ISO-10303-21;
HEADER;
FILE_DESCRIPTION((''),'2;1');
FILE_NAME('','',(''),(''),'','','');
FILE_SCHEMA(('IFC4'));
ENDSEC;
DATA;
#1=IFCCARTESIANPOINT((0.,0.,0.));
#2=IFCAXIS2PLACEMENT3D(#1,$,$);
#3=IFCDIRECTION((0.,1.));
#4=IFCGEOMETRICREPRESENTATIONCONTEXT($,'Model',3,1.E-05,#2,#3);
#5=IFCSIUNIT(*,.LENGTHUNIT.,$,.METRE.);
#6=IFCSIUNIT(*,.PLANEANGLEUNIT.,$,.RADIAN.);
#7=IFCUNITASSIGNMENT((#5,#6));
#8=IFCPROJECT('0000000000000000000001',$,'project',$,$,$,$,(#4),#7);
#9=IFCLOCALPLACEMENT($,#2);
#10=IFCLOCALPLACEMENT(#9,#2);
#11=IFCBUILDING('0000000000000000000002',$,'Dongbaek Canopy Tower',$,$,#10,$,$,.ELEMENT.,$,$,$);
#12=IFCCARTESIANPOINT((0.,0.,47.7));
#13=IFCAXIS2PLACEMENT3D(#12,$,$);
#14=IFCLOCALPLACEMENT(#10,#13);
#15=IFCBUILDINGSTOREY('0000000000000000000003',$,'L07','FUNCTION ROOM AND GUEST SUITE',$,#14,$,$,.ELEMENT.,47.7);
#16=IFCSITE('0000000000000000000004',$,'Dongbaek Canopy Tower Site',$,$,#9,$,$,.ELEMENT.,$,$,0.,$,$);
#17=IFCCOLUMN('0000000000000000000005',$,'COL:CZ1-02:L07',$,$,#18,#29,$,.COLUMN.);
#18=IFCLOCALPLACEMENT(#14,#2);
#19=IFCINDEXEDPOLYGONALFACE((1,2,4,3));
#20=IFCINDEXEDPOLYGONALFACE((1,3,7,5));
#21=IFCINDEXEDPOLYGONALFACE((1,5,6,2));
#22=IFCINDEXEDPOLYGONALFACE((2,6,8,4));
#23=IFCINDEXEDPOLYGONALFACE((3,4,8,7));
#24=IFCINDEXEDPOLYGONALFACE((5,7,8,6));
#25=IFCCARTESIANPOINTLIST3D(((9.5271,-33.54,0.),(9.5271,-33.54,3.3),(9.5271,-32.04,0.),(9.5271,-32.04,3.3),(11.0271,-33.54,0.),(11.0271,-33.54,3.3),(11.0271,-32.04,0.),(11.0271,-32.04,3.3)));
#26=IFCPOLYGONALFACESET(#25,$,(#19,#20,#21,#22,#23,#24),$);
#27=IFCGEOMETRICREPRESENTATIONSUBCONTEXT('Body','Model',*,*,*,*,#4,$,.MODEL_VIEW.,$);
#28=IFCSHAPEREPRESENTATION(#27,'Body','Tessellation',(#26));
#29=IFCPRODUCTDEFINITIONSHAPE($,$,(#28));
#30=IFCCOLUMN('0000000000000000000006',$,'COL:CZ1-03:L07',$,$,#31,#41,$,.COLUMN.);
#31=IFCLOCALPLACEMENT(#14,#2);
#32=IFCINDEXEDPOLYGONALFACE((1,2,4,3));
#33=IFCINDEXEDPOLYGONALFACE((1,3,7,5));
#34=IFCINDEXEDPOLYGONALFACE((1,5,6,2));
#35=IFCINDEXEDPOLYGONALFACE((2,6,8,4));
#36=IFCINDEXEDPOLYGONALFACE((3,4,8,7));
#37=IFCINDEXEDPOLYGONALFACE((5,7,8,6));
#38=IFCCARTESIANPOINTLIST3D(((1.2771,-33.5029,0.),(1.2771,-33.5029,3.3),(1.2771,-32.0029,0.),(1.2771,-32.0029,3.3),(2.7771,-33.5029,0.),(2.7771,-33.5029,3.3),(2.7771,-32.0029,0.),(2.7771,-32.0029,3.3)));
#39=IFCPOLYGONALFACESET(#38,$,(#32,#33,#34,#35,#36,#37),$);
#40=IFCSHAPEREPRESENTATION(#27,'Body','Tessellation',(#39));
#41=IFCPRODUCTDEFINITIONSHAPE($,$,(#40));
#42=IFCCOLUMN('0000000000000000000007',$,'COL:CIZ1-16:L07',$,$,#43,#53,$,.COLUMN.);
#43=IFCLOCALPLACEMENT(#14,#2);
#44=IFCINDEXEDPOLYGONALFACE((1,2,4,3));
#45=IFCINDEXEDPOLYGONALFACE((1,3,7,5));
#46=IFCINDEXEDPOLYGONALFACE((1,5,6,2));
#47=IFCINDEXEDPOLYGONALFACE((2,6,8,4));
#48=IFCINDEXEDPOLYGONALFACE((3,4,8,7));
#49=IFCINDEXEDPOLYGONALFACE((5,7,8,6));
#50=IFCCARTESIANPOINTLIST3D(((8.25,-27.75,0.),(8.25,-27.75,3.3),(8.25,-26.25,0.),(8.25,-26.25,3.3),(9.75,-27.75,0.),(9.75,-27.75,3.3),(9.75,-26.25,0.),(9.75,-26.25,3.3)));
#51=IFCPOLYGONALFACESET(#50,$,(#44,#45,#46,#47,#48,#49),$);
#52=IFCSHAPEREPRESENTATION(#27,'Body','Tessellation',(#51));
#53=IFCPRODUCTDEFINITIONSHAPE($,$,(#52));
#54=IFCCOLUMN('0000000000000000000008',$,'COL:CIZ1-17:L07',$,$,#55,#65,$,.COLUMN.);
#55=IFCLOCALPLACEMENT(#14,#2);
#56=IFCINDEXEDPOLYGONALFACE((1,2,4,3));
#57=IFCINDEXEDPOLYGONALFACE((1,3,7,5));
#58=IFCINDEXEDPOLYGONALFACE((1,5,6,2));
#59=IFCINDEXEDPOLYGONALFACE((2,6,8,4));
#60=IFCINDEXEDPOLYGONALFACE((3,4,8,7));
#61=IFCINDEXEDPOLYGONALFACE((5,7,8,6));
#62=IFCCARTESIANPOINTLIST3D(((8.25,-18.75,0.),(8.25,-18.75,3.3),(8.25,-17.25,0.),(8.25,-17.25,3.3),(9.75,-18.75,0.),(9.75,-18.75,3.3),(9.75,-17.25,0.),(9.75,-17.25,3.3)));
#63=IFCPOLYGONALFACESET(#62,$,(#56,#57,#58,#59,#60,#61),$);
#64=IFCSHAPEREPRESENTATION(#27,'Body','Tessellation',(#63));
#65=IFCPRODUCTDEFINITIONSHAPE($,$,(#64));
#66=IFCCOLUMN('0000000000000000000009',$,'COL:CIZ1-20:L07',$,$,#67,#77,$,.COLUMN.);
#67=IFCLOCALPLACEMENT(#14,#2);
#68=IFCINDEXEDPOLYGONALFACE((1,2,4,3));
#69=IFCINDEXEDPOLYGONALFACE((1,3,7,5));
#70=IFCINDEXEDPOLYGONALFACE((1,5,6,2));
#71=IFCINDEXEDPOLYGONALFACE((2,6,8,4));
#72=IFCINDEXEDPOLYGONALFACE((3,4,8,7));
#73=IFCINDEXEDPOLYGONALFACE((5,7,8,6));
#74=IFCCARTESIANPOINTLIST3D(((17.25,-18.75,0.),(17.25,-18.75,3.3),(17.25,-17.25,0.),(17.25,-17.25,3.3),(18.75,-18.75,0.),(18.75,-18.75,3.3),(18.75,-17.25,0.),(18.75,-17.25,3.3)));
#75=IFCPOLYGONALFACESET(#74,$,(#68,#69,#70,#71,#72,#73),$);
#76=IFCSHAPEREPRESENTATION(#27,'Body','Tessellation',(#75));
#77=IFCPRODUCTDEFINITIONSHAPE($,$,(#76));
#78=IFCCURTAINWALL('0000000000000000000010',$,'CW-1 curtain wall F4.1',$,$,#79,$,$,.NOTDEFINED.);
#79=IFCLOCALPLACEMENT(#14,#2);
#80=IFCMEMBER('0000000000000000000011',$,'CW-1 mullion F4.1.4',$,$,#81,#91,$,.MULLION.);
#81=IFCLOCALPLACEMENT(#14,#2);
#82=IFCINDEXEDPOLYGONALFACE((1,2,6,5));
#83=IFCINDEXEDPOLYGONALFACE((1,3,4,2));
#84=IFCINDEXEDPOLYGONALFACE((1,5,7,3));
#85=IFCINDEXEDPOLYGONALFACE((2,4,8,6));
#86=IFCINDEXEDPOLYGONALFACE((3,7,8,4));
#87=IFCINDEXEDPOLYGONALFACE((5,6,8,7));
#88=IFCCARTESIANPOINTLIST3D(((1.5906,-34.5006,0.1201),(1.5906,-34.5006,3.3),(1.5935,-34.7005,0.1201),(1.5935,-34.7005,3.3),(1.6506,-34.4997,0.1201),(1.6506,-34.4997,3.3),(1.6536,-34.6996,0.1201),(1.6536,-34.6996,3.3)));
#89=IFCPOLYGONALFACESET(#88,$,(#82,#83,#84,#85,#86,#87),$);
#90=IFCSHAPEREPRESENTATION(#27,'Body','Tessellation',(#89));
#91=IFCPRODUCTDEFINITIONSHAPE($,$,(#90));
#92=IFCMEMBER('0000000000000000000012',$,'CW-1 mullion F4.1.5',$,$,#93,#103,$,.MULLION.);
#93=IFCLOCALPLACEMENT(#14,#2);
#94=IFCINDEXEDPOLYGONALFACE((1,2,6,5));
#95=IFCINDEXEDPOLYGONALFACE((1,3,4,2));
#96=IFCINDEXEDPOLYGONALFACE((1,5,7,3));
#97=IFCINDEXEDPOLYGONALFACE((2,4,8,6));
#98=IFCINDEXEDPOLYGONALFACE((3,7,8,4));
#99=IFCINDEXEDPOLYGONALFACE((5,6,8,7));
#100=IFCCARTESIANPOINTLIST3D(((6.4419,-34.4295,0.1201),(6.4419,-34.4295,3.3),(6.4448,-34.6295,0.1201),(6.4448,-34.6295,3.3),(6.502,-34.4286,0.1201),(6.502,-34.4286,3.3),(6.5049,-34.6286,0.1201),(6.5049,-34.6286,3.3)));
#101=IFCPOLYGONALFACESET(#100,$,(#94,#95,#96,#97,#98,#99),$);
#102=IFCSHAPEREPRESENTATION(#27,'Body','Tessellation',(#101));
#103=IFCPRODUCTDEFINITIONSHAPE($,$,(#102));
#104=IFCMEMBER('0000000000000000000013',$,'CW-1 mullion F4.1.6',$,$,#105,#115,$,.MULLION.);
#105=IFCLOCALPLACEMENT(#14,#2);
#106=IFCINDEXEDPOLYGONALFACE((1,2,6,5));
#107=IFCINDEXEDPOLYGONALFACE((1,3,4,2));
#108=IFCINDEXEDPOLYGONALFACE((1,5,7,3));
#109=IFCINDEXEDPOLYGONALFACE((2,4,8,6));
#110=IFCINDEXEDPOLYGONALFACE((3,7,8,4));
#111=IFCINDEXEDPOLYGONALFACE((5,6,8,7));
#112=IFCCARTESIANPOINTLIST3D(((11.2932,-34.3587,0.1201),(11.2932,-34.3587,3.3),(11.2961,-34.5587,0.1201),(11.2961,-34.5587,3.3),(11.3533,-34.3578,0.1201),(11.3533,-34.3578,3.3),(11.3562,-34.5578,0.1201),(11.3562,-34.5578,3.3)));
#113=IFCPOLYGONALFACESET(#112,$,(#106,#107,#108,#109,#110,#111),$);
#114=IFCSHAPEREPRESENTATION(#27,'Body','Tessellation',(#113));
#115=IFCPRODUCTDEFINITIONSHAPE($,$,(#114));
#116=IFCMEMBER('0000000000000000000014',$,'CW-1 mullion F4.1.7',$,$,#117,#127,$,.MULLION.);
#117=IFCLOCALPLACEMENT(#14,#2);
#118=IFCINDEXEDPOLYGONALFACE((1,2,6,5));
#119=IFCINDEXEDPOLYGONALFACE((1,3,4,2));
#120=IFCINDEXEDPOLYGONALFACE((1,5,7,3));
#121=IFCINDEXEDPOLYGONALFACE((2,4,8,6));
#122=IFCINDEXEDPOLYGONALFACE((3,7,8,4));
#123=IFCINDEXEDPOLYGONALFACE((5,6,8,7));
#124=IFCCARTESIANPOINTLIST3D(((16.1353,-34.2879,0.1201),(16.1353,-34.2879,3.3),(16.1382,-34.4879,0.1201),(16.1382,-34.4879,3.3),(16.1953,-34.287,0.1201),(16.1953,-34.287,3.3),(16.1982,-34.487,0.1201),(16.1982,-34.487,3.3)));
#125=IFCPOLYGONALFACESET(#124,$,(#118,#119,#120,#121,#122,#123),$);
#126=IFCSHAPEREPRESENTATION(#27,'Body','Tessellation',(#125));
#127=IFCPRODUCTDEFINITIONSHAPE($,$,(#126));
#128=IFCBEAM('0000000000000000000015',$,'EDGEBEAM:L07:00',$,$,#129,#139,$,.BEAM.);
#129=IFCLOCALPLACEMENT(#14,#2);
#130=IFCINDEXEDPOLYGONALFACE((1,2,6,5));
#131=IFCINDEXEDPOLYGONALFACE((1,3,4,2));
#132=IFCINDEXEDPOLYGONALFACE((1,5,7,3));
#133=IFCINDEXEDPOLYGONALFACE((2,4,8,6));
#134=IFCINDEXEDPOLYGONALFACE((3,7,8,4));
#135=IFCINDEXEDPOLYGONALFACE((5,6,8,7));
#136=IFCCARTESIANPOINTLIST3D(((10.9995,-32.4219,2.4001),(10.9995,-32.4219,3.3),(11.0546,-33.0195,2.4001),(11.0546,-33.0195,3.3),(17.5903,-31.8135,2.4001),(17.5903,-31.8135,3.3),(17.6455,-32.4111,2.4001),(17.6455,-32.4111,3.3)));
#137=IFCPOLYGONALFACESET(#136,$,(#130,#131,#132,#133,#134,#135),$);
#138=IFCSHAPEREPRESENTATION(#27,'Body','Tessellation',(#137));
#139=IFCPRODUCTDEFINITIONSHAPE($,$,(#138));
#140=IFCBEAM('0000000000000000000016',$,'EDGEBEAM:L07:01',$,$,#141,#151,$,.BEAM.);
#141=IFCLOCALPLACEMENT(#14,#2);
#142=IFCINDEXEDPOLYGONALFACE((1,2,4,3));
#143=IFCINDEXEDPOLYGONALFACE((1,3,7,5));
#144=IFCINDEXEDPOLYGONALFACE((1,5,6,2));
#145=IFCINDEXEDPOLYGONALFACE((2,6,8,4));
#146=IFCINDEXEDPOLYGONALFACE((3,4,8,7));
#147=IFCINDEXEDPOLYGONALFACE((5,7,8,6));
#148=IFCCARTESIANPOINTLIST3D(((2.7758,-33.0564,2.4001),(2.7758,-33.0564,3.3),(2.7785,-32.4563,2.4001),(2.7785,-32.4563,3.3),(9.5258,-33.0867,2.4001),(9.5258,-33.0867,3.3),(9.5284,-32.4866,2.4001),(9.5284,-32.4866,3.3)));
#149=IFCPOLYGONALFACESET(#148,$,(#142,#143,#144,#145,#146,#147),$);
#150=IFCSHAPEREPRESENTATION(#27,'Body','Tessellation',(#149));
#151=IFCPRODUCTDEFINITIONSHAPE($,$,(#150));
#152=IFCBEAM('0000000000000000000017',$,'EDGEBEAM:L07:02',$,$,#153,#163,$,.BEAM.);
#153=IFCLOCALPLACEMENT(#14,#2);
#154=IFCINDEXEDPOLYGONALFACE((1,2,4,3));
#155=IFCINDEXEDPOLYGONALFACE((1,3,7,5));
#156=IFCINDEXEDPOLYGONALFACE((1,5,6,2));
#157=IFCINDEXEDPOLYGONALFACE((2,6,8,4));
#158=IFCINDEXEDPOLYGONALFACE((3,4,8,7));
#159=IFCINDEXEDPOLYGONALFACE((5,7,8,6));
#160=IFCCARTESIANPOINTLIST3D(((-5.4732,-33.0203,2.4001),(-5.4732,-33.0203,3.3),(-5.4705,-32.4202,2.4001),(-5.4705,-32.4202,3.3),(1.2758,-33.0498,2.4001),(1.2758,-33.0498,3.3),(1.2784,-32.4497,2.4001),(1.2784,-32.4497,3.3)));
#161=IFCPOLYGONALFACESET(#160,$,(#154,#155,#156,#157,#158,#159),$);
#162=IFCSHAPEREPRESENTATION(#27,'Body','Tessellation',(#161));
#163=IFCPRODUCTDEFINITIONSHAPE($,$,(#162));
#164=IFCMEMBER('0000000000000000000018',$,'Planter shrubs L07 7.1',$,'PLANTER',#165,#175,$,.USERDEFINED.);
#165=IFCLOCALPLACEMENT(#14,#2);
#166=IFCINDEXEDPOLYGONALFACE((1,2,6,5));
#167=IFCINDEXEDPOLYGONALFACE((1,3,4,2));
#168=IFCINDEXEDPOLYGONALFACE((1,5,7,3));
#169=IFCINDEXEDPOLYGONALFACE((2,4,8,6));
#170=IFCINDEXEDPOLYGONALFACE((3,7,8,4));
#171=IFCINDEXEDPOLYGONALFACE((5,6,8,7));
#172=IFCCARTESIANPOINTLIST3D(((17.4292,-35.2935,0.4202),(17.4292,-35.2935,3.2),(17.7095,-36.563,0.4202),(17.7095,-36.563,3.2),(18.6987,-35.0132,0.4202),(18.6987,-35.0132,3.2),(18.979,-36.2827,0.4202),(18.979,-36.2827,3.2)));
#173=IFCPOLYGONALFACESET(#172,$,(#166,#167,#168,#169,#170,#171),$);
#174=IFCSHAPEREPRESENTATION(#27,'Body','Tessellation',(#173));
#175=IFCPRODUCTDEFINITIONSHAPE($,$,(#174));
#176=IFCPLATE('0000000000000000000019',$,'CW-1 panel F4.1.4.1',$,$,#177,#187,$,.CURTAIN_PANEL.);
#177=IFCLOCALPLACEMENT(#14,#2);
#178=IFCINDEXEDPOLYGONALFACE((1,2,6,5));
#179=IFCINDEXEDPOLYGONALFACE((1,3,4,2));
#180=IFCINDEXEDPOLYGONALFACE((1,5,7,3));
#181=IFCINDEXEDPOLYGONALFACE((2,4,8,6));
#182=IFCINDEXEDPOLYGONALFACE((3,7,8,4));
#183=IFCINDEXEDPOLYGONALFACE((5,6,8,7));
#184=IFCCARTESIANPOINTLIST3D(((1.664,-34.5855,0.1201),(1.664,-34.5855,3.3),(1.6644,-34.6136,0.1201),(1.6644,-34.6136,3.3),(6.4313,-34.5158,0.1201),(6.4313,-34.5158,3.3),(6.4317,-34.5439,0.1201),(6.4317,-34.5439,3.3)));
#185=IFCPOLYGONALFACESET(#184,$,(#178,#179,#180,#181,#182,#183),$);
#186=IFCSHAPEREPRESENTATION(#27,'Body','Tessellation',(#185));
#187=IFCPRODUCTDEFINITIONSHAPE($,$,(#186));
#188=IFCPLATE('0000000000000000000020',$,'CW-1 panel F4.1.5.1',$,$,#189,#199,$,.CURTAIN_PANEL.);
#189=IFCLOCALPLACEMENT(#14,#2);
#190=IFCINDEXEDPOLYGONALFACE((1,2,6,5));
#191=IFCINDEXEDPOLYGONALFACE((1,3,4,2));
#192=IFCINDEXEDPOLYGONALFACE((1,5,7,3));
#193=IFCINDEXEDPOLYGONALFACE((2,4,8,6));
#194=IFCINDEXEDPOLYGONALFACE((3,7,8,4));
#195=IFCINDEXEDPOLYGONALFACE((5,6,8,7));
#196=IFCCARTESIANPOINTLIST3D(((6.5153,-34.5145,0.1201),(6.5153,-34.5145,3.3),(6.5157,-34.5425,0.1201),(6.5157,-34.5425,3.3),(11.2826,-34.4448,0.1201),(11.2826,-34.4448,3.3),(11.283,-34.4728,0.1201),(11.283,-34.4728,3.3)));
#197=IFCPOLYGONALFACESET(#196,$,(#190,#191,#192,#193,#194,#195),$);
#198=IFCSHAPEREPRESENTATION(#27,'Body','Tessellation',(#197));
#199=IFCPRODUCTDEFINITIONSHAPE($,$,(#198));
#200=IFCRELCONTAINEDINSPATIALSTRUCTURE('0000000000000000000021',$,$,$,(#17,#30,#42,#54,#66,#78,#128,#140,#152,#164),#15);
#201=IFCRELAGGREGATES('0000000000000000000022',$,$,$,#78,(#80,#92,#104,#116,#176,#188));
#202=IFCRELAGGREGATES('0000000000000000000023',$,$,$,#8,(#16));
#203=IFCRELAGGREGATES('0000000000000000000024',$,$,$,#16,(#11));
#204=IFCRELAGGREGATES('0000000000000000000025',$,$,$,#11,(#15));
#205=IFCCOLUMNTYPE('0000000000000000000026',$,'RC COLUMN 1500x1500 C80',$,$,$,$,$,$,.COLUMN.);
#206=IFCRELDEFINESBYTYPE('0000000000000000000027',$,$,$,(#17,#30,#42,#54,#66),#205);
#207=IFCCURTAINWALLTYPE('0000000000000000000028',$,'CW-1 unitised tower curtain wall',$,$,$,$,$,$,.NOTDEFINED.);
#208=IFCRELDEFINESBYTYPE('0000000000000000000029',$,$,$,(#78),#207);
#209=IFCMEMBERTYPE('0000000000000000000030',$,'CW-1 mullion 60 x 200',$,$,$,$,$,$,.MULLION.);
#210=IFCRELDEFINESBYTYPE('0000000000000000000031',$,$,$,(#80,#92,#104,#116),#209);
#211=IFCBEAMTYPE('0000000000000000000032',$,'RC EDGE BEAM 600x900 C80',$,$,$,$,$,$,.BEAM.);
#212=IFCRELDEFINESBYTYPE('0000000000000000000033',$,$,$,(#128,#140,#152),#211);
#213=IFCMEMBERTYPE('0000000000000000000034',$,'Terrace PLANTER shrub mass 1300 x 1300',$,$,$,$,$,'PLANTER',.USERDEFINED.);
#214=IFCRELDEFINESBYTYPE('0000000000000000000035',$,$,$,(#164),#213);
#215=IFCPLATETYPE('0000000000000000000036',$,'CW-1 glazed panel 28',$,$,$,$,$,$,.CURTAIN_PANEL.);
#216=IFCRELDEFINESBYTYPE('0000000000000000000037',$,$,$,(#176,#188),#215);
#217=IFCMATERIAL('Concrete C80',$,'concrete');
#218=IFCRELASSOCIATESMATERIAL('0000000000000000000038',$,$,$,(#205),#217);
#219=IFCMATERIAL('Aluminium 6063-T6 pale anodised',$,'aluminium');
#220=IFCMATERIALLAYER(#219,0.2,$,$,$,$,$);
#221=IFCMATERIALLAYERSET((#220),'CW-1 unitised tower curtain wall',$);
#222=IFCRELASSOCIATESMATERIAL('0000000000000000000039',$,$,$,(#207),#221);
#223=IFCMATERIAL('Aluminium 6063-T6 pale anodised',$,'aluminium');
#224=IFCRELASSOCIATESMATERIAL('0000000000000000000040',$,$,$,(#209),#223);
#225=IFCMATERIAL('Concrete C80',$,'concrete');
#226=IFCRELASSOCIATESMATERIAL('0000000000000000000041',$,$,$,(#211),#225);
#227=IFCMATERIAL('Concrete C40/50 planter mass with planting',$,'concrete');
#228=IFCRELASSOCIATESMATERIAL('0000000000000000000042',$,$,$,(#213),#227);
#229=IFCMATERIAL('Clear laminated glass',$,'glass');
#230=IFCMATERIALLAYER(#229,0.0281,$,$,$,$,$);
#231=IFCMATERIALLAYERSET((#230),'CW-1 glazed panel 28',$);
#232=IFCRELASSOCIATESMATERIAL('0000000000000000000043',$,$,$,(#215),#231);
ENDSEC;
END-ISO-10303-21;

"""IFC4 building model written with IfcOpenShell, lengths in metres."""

from ifc_helpers import new_model, si_unit, direction, frame, origin, origin_2d, place, context, subcontext, project, spatial, rectangle, extrude, material, layer, layer_set, material_profile, profile_set, type_object, element, aggregate, save


model = new_model("IFC4")

# Units and contexts
model_context = context("Model", 3, precision=1e-05, world=origin(), true_north=direction((0.0, 1.0)))
body_context = subcontext(model_context, "Body", "Model", "MODEL_VIEW")
ifc_project = project(units=[si_unit("LENGTHUNIT", "METRE"), si_unit("PLANEANGLEUNIT", "RADIAN")], contexts=[model_context])

# Site, building, storey
site_placement = place(None, origin())
site = spatial("IfcSite", under=ifc_project, at=site_placement, Name="Dongbaek Canopy Tower Site", CompositionType="ELEMENT", RefElevation=0.0)
building_placement = place(site_placement, origin())
building = spatial("IfcBuilding", under=site, at=building_placement, Name="Dongbaek Canopy Tower", CompositionType="ELEMENT")
storey_placement = place(building_placement, frame((0.0, 0.0, 47.7)))
storey = spatial("IfcBuildingStorey", under=building, at=storey_placement, Name="L07", Description="FUNCTION ROOM AND GUEST SUITE", CompositionType="ELEMENT", Elevation=47.7)

# Columns
ifc_material_1 = material(Name="Concrete C80", Category="concrete")
ifc_material_profile_1 = material_profile(ifc_material_1, rectangle(XDim=1.5, YDim=1.5, at=origin_2d()), Name="RC COLUMN 1500x1500 C80")
ifc_profile_set_1 = profile_set([ifc_material_profile_1], Name="Concrete C80")
column_type = type_object("IfcColumnType", Name="RC COLUMN 1500x1500 C80", PredefinedType="COLUMN", material=ifc_profile_set_1)
for number, where, z_axis, x_axis, name in (
    (1, (10.2771, -32.79, 0.0), (0.0, 0.0, 1.0), (1.0, 0.0, 0.0), "COL:CZ1-02:L07"),
    (2, (2.0271, -32.7529, 0.0), (0.0, 0.0, 1.0), (1.0, 0.0, 0.0), "COL:CZ1-03:L07"),
    (3, (9.0, -27.0, 0.0), (0.0, 0.0, 1.0), (1.0, 0.0, 0.0), "COL:CIZ1-16:L07"),
    (4, (9.0, -18.0, 0.0), (0.0, 0.0, 1.0), (1.0, 0.0, 0.0), "COL:CIZ1-17:L07"),
    (5, (18.0, -18.0, 0.0), (0.0, 0.0, 1.0), (1.0, 0.0, 0.0), "COL:CIZ1-20:L07"),
):
    element("IfcColumn", number, at=place(storey_placement, frame(where, z_axis=z_axis, x_axis=x_axis)), inside=storey, type_object=column_type, Name=name, PredefinedType="COLUMN", context=body_context, shape_type="SweptSolid", body=[
        extrude(rectangle(XDim=1.5, YDim=1.5, at=origin_2d()), origin(), (0.0, 0.0, 1.0), 3.3),
    ])

# Curtain wall, members
ifc_material_2 = material(Name="Aluminium 6063-T6 pale anodised", Category="aluminium")
ifc_layer_1 = layer(ifc_material_2, 0.2)
ifc_layer_set_1 = layer_set([ifc_layer_1], Name="CW-1 unitised tower curtain wall")
curtain_wall_type = type_object("IfcCurtainWallType", Name="CW-1 unitised tower curtain wall", PredefinedType="NOTDEFINED", material=ifc_layer_set_1)
curtain_wall_1_placement = place(storey_placement, origin())
curtain_wall_1 = element("IfcCurtainWall", 6, at=curtain_wall_1_placement, inside=storey, type_object=curtain_wall_type, Name="CW-1 curtain wall F4.1", PredefinedType="NOTDEFINED")
ifc_material_3 = material(Name="Aluminium 6063-T6 pale anodised", Category="aluminium")
ifc_material_profile_2 = material_profile(ifc_material_3, rectangle(XDim=0.2, YDim=0.0601, at=origin_2d()), Name="CW-1 mullion 60 x 200")
ifc_profile_set_2 = profile_set([ifc_material_profile_2], Name="Aluminium 6063-T6 pale anodised")
member_type_1 = type_object("IfcMemberType", Name="CW-1 mullion 60 x 200", PredefinedType="MULLION", material=ifc_profile_set_2)
member_1_placement = place(storey_placement, frame((1.6221, -34.6001, 0.1201), z_axis=(0.0, 0.0, 1.0), x_axis=(0.014619, -0.999893, 0.0)))
member_1 = element("IfcMember", 7, at=member_1_placement, type_object=member_type_1, Name="CW-1 mullion F4.1.4", PredefinedType="MULLION", context=body_context, shape_type="SweptSolid", body=[
    extrude(rectangle(XDim=0.2, YDim=0.0601, at=origin_2d()), origin(), (0.0, 0.0, 1.0), 3.1799),
])
member_2_placement = place(storey_placement, frame((6.4734, -34.5291, 0.1201), z_axis=(0.0, 0.0, 1.0), x_axis=(0.014619, -0.999893, 0.0)))
member_2 = element("IfcMember", 8, at=member_2_placement, type_object=member_type_1, Name="CW-1 mullion F4.1.5", PredefinedType="MULLION", context=body_context, shape_type="SweptSolid", body=[
    extrude(rectangle(XDim=0.2, YDim=0.0601, at=origin_2d()), origin(), (0.0, 0.0, 1.0), 3.1799),
])
member_3_placement = place(storey_placement, frame((11.3247, -34.4583, 0.1201), z_axis=(0.0, 0.0, 1.0), x_axis=(0.014619, -0.999893, 0.0)))
member_3 = element("IfcMember", 9, at=member_3_placement, type_object=member_type_1, Name="CW-1 mullion F4.1.6", PredefinedType="MULLION", context=body_context, shape_type="SweptSolid", body=[
    extrude(rectangle(XDim=0.2, YDim=0.0601, at=origin_2d()), origin(), (0.0, 0.0, 1.0), 3.1799),
])
member_4_placement = place(storey_placement, frame((16.1667, -34.3875, 0.1201), z_axis=(0.0, 0.0, 1.0), x_axis=(0.014619, -0.999893, 0.0)))
member_4 = element("IfcMember", 10, at=member_4_placement, type_object=member_type_1, Name="CW-1 mullion F4.1.7", PredefinedType="MULLION", context=body_context, shape_type="SweptSolid", body=[
    extrude(rectangle(XDim=0.2, YDim=0.0601, at=origin_2d()), origin(), (0.0, 0.0, 1.0), 3.1799),
])

# Beams
ifc_material_4 = material(Name="Concrete C80", Category="concrete")
ifc_material_profile_3 = material_profile(ifc_material_4, rectangle(XDim=0.6001, YDim=0.8999, at=origin_2d()), Name="RC EDGE BEAM 600x900 C80")
ifc_profile_set_3 = profile_set([ifc_material_profile_3], Name="Concrete C80")
beam_type = type_object("IfcBeamType", Name="RC EDGE BEAM 600x900 C80", PredefinedType="BEAM", material=ifc_profile_set_3)
beam_1_placement = place(storey_placement, frame((17.6179, -32.1123, 2.8501), z_axis=(-0.995766, -0.091919, 0.0), x_axis=(0.091919, -0.995766, 0.0)))
element("IfcBeam", 11, at=beam_1_placement, inside=storey, type_object=beam_type, Name="EDGEBEAM:L07:00", PredefinedType="BEAM", context=body_context, shape_type="SweptSolid", body=[
    extrude(rectangle(XDim=0.6001, YDim=0.8999, at=origin_2d()), origin(), (0.0, 0.0, 1.0), 6.6189),
])
beam_2_placement = place(storey_placement, frame((9.5271, -32.7866, 2.8501), z_axis=(-0.99999, 0.004485, 0.0), x_axis=(-0.004485, -0.99999, 0.0)))
element("IfcBeam", 12, at=beam_2_placement, inside=storey, type_object=beam_type, Name="EDGEBEAM:L07:01", PredefinedType="BEAM", context=body_context, shape_type="SweptSolid", body=[
    extrude(rectangle(XDim=0.6001, YDim=0.8999, at=origin_2d()), origin(), (0.0, 0.0, 1.0), 6.75),
])
beam_3_placement = place(storey_placement, frame((1.2771, -32.7498, 2.8501), z_axis=(-0.99999, 0.004377, 0.0), x_axis=(-0.004377, -0.99999, 0.0)))
element("IfcBeam", 13, at=beam_3_placement, inside=storey, type_object=beam_type, Name="EDGEBEAM:L07:02", PredefinedType="BEAM", context=body_context, shape_type="SweptSolid", body=[
    extrude(rectangle(XDim=0.6001, YDim=0.8999, at=origin_2d()), origin(), (0.0, 0.0, 1.0), 6.749),
])

# Member
ifc_material_5 = material(Name="Concrete C40/50 planter mass with planting", Category="concrete")
ifc_material_profile_4 = material_profile(ifc_material_5, rectangle(XDim=1.3, YDim=1.3, at=origin_2d()), Name="Terrace PLANTER shrub mass 1300 x 1300")
ifc_profile_set_4 = profile_set([ifc_material_profile_4], Name="Concrete C40/50 planter mass with planting")
member_type_2 = type_object("IfcMemberType", Name="Terrace PLANTER shrub mass 1300 x 1300", ElementType="PLANTER", PredefinedType="USERDEFINED", material=ifc_profile_set_4)
member_5_placement = place(storey_placement, frame((18.2041, -35.7881, 0.4202), z_axis=(0.0, 0.0, 1.0), x_axis=(0.215584, -0.976485, 0.0)))
element("IfcMember", 14, at=member_5_placement, inside=storey, type_object=member_type_2, Name="Planter shrubs L07 7.1", ObjectType="PLANTER", PredefinedType="USERDEFINED", context=body_context, shape_type="SweptSolid", body=[
    extrude(rectangle(XDim=1.3, YDim=1.3, at=origin_2d()), origin(), (0.0, 0.0, 1.0), 2.7798),
])

# Plates
ifc_material_6 = material(Name="Clear laminated glass", Category="glass")
ifc_layer_2 = layer(ifc_material_6, 0.0281)
ifc_layer_set_2 = layer_set([ifc_layer_2], Name="CW-1 glazed panel 28")
plate_type = type_object("IfcPlateType", Name="CW-1 glazed panel 28", PredefinedType="CURTAIN_PANEL", material=ifc_layer_set_2)
plate_1_placement = place(storey_placement, frame((4.0479, -34.5647, 0.1201), z_axis=(0.0, 0.0, 1.0), x_axis=(0.999893, 0.014619, 0.0)))
plate_1 = element("IfcPlate", 15, at=plate_1_placement, type_object=plate_type, Name="CW-1 panel F4.1.4.1", PredefinedType="CURTAIN_PANEL", context=body_context, shape_type="SweptSolid", body=[
    extrude(rectangle(XDim=4.7678, YDim=0.0281, at=origin_2d()), origin(), (0.0, 0.0, 1.0), 3.1799),
])
plate_2_placement = place(storey_placement, frame((8.8992, -34.4937, 0.1201), z_axis=(0.0, 0.0, 1.0), x_axis=(0.999893, 0.014619, 0.0)))
plate_2 = element("IfcPlate", 16, at=plate_2_placement, type_object=plate_type, Name="CW-1 panel F4.1.5.1", PredefinedType="CURTAIN_PANEL", context=body_context, shape_type="SweptSolid", body=[
    extrude(rectangle(XDim=4.7678, YDim=0.0281, at=origin_2d()), origin(), (0.0, 0.0, 1.0), 3.1799),
])

aggregate(curtain_wall_1, [member_1, member_2, member_3, member_4, plate_1, plate_2])

save(model, "model.ifc")
